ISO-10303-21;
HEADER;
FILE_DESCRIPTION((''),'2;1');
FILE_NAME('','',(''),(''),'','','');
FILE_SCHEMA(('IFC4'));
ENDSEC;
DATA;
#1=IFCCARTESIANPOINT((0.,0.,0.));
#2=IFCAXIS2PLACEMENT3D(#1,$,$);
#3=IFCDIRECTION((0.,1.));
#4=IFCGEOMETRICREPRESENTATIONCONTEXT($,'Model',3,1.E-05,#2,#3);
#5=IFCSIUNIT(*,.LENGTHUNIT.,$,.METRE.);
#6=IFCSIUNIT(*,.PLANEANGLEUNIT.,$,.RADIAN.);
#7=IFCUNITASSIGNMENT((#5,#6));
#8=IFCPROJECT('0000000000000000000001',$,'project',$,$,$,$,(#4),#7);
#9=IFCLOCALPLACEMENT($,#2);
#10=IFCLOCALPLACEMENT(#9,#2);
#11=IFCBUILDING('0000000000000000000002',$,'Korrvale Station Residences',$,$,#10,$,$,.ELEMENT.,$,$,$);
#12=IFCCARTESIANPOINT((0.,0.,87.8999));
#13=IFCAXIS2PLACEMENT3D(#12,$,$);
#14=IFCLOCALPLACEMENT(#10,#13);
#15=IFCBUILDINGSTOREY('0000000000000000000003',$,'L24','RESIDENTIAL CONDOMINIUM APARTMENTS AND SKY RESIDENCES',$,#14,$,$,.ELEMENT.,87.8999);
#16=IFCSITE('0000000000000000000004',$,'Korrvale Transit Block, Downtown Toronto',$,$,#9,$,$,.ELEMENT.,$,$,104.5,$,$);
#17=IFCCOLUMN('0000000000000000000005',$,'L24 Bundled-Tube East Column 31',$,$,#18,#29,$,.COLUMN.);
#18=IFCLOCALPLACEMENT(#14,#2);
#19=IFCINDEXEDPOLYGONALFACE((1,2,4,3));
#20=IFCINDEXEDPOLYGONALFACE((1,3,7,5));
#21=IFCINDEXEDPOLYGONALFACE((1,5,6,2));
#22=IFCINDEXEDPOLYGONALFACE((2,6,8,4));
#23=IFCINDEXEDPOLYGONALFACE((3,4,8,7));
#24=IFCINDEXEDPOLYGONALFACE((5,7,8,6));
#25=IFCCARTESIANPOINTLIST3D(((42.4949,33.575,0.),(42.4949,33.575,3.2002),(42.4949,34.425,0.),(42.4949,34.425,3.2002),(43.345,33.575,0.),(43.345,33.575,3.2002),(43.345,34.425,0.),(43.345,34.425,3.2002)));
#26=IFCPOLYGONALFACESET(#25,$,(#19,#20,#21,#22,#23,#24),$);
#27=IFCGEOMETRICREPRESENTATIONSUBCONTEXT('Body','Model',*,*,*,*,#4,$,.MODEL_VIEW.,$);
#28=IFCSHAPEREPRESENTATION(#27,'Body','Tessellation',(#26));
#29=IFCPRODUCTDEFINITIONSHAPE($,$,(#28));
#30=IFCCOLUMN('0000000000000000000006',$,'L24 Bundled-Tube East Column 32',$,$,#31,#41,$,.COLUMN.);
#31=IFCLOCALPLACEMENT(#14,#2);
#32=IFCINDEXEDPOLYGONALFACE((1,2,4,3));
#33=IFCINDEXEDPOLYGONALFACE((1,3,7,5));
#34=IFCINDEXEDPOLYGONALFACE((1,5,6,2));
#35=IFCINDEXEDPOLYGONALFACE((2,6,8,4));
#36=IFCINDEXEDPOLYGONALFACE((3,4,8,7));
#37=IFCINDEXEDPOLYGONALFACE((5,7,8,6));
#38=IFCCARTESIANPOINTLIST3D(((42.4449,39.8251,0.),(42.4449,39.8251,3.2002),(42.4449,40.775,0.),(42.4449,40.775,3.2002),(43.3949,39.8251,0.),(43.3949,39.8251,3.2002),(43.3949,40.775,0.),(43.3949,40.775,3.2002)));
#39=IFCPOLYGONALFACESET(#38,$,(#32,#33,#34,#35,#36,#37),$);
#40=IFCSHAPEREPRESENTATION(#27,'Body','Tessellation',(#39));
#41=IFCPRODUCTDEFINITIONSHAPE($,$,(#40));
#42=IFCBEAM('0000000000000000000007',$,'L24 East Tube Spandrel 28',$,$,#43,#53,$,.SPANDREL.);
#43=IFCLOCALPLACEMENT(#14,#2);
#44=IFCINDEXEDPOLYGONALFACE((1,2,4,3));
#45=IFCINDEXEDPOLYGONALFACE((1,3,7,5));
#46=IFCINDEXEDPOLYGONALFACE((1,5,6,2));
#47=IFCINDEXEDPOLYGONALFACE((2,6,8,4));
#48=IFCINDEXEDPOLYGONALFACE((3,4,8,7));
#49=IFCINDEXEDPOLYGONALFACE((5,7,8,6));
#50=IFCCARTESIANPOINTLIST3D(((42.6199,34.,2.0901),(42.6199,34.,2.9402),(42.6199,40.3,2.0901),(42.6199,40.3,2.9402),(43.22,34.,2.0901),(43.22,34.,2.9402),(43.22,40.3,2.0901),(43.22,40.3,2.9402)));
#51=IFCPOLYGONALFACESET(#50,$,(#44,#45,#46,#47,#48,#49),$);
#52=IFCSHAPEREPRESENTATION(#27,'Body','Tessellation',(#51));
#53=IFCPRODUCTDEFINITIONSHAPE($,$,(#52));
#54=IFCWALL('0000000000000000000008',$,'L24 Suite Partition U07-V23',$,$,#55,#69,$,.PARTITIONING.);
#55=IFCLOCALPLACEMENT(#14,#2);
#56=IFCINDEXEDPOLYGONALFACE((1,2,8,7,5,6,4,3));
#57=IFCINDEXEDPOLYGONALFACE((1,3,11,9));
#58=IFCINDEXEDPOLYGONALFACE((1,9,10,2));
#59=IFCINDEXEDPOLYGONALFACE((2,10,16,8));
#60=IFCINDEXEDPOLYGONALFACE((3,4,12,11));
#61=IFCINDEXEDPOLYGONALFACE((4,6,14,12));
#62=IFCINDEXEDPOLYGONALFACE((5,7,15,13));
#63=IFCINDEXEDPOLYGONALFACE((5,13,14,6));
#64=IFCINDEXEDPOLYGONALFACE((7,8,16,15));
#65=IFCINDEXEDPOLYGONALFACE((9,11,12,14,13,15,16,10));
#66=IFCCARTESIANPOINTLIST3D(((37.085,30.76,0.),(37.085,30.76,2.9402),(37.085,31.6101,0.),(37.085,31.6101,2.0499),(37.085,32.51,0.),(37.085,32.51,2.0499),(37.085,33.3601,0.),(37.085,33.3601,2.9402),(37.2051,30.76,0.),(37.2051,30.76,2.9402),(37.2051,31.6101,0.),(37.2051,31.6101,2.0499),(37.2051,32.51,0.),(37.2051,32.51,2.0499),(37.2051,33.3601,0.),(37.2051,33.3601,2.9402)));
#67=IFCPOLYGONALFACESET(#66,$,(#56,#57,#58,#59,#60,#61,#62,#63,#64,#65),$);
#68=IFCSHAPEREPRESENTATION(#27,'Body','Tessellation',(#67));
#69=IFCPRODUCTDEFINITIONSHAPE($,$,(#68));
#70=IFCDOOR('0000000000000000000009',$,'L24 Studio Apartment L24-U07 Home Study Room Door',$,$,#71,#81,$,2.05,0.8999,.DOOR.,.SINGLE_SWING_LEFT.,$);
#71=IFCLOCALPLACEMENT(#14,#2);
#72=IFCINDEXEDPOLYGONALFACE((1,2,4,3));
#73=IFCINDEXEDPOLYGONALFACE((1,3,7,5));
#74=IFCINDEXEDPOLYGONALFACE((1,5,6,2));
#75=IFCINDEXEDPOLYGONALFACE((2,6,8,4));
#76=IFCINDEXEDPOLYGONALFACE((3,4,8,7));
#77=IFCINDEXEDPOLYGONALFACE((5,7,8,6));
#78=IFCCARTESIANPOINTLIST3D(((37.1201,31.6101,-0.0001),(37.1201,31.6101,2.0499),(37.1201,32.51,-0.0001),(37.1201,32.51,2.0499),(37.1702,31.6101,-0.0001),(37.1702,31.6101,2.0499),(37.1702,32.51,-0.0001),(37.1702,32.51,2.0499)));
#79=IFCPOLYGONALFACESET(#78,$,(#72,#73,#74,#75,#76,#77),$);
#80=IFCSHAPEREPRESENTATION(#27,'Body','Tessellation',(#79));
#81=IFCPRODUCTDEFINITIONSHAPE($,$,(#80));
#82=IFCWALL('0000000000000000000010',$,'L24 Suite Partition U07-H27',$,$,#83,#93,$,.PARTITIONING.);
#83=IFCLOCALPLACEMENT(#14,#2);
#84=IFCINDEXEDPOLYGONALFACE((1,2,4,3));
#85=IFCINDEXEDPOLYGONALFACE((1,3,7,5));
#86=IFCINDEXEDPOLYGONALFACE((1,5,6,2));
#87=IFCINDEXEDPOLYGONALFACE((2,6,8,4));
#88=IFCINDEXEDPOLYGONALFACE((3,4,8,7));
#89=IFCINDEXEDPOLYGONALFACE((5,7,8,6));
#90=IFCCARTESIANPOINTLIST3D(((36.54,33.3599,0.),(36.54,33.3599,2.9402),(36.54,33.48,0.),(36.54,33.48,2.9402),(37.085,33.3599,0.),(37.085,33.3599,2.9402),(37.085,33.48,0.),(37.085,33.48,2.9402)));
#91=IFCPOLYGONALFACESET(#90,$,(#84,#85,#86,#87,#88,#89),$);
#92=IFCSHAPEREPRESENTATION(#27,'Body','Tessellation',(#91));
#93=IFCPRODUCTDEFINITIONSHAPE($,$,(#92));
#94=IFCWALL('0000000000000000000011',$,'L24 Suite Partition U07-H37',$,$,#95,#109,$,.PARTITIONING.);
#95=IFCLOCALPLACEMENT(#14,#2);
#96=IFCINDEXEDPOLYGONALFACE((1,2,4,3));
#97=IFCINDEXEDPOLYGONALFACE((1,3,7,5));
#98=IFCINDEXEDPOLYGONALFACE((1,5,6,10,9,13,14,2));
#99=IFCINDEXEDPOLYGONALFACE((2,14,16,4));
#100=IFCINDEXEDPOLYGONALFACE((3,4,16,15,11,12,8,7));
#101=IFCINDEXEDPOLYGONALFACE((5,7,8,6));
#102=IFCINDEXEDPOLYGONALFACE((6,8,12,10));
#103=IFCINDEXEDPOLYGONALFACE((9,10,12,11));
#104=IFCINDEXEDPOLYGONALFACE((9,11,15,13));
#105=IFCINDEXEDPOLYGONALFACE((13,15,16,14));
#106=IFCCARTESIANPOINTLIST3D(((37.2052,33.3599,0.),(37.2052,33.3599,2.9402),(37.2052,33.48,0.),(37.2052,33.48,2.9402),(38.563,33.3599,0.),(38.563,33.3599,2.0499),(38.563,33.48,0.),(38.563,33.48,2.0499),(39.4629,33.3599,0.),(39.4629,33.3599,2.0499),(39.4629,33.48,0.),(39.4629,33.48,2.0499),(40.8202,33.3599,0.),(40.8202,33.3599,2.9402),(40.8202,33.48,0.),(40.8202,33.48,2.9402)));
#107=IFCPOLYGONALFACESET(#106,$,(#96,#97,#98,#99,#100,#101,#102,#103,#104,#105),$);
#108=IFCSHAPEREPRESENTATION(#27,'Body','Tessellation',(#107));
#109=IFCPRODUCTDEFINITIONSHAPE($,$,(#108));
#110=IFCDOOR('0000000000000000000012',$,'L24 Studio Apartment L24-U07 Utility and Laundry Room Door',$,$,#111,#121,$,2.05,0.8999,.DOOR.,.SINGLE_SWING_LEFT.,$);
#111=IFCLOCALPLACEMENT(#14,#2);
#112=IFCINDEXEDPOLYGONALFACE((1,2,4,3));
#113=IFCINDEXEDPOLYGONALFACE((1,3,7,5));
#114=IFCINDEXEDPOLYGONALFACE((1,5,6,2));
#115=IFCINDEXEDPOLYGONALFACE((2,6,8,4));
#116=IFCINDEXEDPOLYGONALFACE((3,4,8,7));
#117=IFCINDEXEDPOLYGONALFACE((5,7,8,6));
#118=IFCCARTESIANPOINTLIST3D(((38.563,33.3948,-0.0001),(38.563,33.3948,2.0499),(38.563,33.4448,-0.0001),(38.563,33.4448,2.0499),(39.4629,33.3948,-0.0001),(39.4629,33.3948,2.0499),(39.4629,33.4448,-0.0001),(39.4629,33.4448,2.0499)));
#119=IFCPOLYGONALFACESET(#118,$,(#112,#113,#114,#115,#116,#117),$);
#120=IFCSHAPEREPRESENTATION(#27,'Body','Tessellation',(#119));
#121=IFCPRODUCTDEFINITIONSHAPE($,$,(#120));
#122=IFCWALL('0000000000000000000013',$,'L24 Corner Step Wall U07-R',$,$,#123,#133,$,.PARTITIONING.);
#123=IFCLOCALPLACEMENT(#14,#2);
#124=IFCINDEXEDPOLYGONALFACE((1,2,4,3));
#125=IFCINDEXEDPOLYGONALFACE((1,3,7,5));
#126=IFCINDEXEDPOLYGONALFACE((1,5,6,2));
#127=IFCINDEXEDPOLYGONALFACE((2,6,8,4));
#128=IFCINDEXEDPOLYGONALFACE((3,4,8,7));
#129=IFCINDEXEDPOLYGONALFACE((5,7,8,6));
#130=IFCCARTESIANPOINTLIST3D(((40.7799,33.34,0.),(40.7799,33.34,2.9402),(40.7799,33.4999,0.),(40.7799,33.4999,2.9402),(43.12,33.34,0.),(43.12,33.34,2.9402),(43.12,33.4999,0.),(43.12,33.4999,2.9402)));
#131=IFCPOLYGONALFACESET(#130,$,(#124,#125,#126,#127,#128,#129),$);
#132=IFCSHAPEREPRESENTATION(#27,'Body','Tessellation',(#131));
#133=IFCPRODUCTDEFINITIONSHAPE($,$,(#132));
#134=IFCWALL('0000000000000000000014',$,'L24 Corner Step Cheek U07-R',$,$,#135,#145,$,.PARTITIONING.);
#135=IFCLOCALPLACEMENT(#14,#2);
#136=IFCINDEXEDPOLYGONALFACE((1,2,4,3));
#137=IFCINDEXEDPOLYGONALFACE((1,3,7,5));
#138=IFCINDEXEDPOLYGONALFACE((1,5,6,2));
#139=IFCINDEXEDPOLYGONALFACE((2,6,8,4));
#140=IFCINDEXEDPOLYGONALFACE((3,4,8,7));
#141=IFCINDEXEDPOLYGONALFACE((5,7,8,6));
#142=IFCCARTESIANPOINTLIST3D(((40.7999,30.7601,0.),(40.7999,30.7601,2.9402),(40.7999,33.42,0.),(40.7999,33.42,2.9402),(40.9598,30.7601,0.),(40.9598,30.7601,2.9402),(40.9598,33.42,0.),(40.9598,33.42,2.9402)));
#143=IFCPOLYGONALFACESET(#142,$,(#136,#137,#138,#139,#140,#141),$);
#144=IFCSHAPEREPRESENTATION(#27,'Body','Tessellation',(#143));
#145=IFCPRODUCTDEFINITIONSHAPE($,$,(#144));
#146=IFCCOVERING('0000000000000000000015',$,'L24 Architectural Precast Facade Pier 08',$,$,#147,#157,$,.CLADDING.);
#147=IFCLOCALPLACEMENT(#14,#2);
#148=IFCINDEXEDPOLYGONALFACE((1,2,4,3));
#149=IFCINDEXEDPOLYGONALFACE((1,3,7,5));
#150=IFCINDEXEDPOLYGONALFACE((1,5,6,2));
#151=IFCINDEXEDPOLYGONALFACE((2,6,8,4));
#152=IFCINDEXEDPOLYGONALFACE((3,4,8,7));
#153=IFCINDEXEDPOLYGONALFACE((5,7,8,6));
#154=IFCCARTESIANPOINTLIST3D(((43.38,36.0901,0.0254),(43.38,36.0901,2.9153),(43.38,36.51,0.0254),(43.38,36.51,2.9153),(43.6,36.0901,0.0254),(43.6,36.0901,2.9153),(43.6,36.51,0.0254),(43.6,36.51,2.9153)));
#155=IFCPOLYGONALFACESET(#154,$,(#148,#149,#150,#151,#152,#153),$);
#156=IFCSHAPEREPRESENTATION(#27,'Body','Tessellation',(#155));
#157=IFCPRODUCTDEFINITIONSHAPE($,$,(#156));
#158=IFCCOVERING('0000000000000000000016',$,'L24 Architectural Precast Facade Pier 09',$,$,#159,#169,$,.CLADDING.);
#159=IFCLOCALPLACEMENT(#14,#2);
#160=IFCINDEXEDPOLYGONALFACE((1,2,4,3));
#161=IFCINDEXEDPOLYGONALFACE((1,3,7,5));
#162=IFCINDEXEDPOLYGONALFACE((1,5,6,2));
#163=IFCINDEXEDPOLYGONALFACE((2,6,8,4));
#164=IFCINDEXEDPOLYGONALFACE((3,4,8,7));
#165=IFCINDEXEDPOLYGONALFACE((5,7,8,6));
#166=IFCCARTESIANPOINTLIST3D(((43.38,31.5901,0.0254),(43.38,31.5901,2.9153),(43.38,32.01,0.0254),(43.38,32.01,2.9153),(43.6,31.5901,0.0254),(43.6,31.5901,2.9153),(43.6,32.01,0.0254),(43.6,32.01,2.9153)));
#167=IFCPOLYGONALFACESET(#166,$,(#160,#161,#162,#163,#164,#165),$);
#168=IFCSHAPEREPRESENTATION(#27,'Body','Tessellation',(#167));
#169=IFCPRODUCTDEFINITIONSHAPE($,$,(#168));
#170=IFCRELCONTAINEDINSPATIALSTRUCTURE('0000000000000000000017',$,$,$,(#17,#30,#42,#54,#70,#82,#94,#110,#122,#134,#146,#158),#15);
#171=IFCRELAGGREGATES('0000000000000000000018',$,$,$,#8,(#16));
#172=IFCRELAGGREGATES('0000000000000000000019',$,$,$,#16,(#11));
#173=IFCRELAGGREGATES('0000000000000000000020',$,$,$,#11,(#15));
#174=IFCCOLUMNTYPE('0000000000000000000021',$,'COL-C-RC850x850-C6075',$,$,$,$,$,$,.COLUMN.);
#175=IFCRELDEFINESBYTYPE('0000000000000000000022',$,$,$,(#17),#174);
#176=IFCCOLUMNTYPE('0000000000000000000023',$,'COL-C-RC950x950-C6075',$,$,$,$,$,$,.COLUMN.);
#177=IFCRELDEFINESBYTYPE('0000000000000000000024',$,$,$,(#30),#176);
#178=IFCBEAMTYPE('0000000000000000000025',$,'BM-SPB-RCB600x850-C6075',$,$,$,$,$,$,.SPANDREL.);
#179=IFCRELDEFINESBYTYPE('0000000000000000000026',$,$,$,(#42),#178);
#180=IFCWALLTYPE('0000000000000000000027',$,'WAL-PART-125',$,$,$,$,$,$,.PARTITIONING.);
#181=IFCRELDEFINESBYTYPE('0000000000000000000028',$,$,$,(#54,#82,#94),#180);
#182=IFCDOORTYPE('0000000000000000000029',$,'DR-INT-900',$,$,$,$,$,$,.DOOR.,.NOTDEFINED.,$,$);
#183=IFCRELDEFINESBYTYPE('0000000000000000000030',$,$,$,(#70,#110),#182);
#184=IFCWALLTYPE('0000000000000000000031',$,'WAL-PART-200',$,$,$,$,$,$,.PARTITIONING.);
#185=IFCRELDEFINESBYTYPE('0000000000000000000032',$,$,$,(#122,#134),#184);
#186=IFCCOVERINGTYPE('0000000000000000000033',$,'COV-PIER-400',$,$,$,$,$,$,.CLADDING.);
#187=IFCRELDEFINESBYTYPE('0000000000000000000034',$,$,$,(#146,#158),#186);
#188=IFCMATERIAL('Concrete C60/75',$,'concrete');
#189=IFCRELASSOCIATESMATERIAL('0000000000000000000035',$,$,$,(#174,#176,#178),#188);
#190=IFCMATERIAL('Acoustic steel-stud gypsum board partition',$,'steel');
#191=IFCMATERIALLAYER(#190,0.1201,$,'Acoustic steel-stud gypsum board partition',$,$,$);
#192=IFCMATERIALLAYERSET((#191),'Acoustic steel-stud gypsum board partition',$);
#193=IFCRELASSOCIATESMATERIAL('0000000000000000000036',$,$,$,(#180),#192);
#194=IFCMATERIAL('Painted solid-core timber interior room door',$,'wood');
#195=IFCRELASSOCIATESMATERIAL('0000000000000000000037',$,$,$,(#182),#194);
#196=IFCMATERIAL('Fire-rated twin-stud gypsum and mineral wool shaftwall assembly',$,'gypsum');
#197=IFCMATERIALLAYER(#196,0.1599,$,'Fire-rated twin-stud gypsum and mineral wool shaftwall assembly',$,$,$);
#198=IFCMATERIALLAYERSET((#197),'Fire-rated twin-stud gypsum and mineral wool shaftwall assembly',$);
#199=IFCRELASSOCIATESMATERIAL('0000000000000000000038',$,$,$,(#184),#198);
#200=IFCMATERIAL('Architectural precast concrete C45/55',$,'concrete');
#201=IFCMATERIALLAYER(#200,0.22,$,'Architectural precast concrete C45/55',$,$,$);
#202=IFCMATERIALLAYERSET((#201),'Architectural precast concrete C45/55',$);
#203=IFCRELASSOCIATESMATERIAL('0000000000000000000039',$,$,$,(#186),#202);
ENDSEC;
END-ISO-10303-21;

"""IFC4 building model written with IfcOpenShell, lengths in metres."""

from ifc_helpers import new_model, si_unit, direction, frame, frame_2d, origin, origin_2d, place, context, subcontext, project, spatial, rectangle, extrude, material, layer, layer_set, material_profile, profile_set, type_object, element, fill, save


model = new_model("IFC4")

# Units and contexts
model_context = context("Model", 3, precision=1e-05, world=origin(), true_north=direction((0.0, 1.0)))
body_context = subcontext(model_context, "Body", "Model", "MODEL_VIEW")
ifc_project = project(units=[si_unit("LENGTHUNIT", "METRE"), si_unit("PLANEANGLEUNIT", "RADIAN")], contexts=[model_context])

# Site, building, storey
site_placement = place(None, origin())
site = spatial("IfcSite", under=ifc_project, at=site_placement, Name="Korrvale Transit Block, Downtown Toronto", CompositionType="ELEMENT", RefElevation=104.5)
building_placement = place(site_placement, origin())
building = spatial("IfcBuilding", under=site, at=building_placement, Name="Korrvale Station Residences", CompositionType="ELEMENT")
storey_placement = place(building_placement, frame((0.0, 0.0, 87.8999)))
storey = spatial("IfcBuildingStorey", under=building, at=storey_placement, Name="L24", Description="RESIDENTIAL CONDOMINIUM APARTMENTS AND SKY RESIDENCES", CompositionType="ELEMENT", Elevation=87.8999)

# Columns
ifc_material_1 = material(Name="Concrete C60/75", Category="concrete")
ifc_material_profile_1 = material_profile(ifc_material_1, rectangle(XDim=0.8501, YDim=0.8501, at=origin_2d()), Name="RC850x850")
ifc_profile_set_1 = profile_set([ifc_material_profile_1], Name="Concrete C60/75")
column_type_1 = type_object("IfcColumnType", Name="COL-C-RC850x850-C6075", PredefinedType="COLUMN", material=ifc_profile_set_1)
column_1_placement = place(storey_placement, frame((42.9199, 34.0, 0.0), z_axis=(0.0, 0.0, 1.0), x_axis=(1.0, 0.0, 0.0)))
element("IfcColumn", 1, at=column_1_placement, inside=storey, type_object=column_type_1, Name="L24 Bundled-Tube East Column 31", PredefinedType="COLUMN", context=body_context, shape_type="SweptSolid", body=[
    extrude(rectangle(XDim=0.8501, YDim=0.8501, at=origin_2d()), origin(), (0.0, 0.0, 1.0), 3.2002),
])
ifc_material_profile_2 = material_profile(ifc_material_1, rectangle(XDim=0.95, YDim=0.95, at=origin_2d()), Name="RC950x950")
ifc_profile_set_2 = profile_set([ifc_material_profile_2], Name="Concrete C60/75")
column_type_2 = type_object("IfcColumnType", Name="COL-C-RC950x950-C6075", PredefinedType="COLUMN", material=ifc_profile_set_2)
column_2_placement = place(storey_placement, frame((42.9199, 40.3, 0.0), z_axis=(0.0, 0.0, 1.0), x_axis=(1.0, 0.0, 0.0)))
element("IfcColumn", 2, at=column_2_placement, inside=storey, type_object=column_type_2, Name="L24 Bundled-Tube East Column 32", PredefinedType="COLUMN", context=body_context, shape_type="SweptSolid", body=[
    extrude(rectangle(XDim=0.95, YDim=0.95, at=origin_2d()), origin(), (0.0, 0.0, 1.0), 3.2002),
])

# Beam
ifc_material_profile_3 = material_profile(ifc_material_1, rectangle(XDim=0.6001, YDim=0.8501, at=origin_2d()), Name="RCB600x850")
ifc_profile_set_3 = profile_set([ifc_material_profile_3], Name="Concrete C60/75")
beam_type = type_object("IfcBeamType", Name="BM-SPB-RCB600x850-C6075", PredefinedType="SPANDREL", material=ifc_profile_set_3)
beam_placement = place(storey_placement, frame((42.9199, 34.0, 2.5151), z_axis=(0.0, 1.0, 0.0), x_axis=(-1.0, 0.0, 0.0)))
element("IfcBeam", 3, at=beam_placement, inside=storey, type_object=beam_type, Name="L24 East Tube Spandrel 28", PredefinedType="SPANDREL", context=body_context, shape_type="SweptSolid", body=[
    extrude(rectangle(XDim=0.6001, YDim=0.8501, at=origin_2d()), origin(), (0.0, 0.0, 1.0), 6.3),
])

# Wall, opening, door
ifc_material_2 = material(Name="Acoustic steel-stud gypsum board partition", Category="steel")
ifc_layer_1 = layer(ifc_material_2, 0.1201, Name="Acoustic steel-stud gypsum board partition")
ifc_layer_set_1 = layer_set([ifc_layer_1], Name="Acoustic steel-stud gypsum board partition")
wall_type_1 = type_object("IfcWallType", Name="WAL-PART-125", PredefinedType="PARTITIONING", material=ifc_layer_set_1)
wall_1_placement = place(storey_placement, frame((37.145, 30.76, 0.0), z_axis=(0.0, 0.0, 1.0), x_axis=(0.0, 1.0, 0.0)))
wall_1 = element("IfcWall", 4, at=wall_1_placement, inside=storey, type_object=wall_type_1, Name="L24 Suite Partition U07-V23", PredefinedType="PARTITIONING", context=body_context, shape_type="SweptSolid", body=[
    extrude(rectangle(XDim=2.6001, YDim=0.1201, at=frame_2d((1.3, 0.0))), origin(), (0.0, 0.0, 1.0), 2.9402),
])
opening_1_placement = place(wall_1_placement, frame((0.8501, 0.0, 0.0)))
opening_1 = element("IfcOpeningElement", 5, at=opening_1_placement, cuts=wall_1, PredefinedType="OPENING", context=body_context, shape_type="SweptSolid", body=[
    extrude(rectangle(XDim=0.8999, YDim=2.05, at=frame_2d((0.45, 1.0249))), frame((0.0, 0.0701, 0.0), z_axis=(0.0, -1.0, 0.0), x_axis=(1.0, 0.0, 0.0)), (0.0, 0.0, 1.0), 0.1401),
])
ifc_material_3 = material(Name="Painted solid-core timber interior room door", Category="wood")
door_type = type_object("IfcDoorType", Name="DR-INT-900", OperationType="NOTDEFINED", PredefinedType="DOOR", material=ifc_material_3)
door_1_placement = place(opening_1_placement, origin())
door_1 = element("IfcDoor", 6, at=door_1_placement, inside=storey, type_object=door_type, Name="L24 Studio Apartment L24-U07 Home Study Room Door", OperationType="SINGLE_SWING_LEFT", OverallHeight=2.05, OverallWidth=0.8999, PredefinedType="DOOR", context=body_context, shape_type="SweptSolid", body=[
    extrude(rectangle(XDim=0.8999, YDim=2.05, at=frame_2d((0.45, 1.0249))), frame((0.0, 0.0249, 0.0), z_axis=(0.0, -1.0, 0.0), x_axis=(1.0, 0.0, 0.0)), (0.0, 0.0, 1.0), 0.05),
])
fill(opening_1, door_1)

# Wall
wall_2_placement = place(storey_placement, frame((36.54, 33.4199, 0.0), z_axis=(0.0, 0.0, 1.0), x_axis=(1.0, 0.0, 0.0)))
element("IfcWall", 7, at=wall_2_placement, inside=storey, type_object=wall_type_1, Name="L24 Suite Partition U07-H27", PredefinedType="PARTITIONING", context=body_context, shape_type="SweptSolid", body=[
    extrude(rectangle(XDim=0.5449, YDim=0.1201, at=frame_2d((0.2725, 0.0))), origin(), (0.0, 0.0, 1.0), 2.9402),
])

# Wall, opening, door
wall_3_placement = place(storey_placement, frame((37.2051, 33.4199, 0.0), z_axis=(0.0, 0.0, 1.0), x_axis=(1.0, 0.0, 0.0)))
wall_3 = element("IfcWall", 8, at=wall_3_placement, inside=storey, type_object=wall_type_1, Name="L24 Suite Partition U07-H37", PredefinedType="PARTITIONING", context=body_context, shape_type="SweptSolid", body=[
    extrude(rectangle(XDim=3.615, YDim=0.1201, at=frame_2d((1.8076, 0.0))), origin(), (0.0, 0.0, 1.0), 2.9402),
])
opening_2_placement = place(wall_3_placement, frame((1.3579, 0.0, 0.0)))
opening_2 = element("IfcOpeningElement", 9, at=opening_2_placement, cuts=wall_3, PredefinedType="OPENING", context=body_context, shape_type="SweptSolid", body=[
    extrude(rectangle(XDim=0.8999, YDim=2.05, at=frame_2d((0.45, 1.0249))), frame((0.0, 0.0701, 0.0), z_axis=(0.0, -1.0, 0.0), x_axis=(1.0, 0.0, 0.0)), (0.0, 0.0, 1.0), 0.1401),
])
door_2_placement = place(opening_2_placement, origin())
door_2 = element("IfcDoor", 10, at=door_2_placement, inside=storey, type_object=door_type, Name="L24 Studio Apartment L24-U07 Utility and Laundry Room Door", OperationType="SINGLE_SWING_LEFT", OverallHeight=2.05, OverallWidth=0.8999, PredefinedType="DOOR", context=body_context, shape_type="SweptSolid", body=[
    extrude(rectangle(XDim=0.8999, YDim=2.05, at=frame_2d((0.45, 1.0249))), frame((0.0, 0.0249, 0.0), z_axis=(0.0, -1.0, 0.0), x_axis=(1.0, 0.0, 0.0)), (0.0, 0.0, 1.0), 0.05),
])
fill(opening_2, door_2)

# Walls
ifc_material_4 = material(Name="Fire-rated twin-stud gypsum and mineral wool shaftwall assembly", Category="gypsum")
ifc_layer_2 = layer(ifc_material_4, 0.1599, Name="Fire-rated twin-stud gypsum and mineral wool shaftwall assembly")
ifc_layer_set_2 = layer_set([ifc_layer_2], Name="Fire-rated twin-stud gypsum and mineral wool shaftwall assembly")
wall_type_2 = type_object("IfcWallType", Name="WAL-PART-200", PredefinedType="PARTITIONING", material=ifc_layer_set_2)
wall_4_placement = place(storey_placement, frame((40.78, 33.4199, 0.0), z_axis=(0.0, 0.0, 1.0), x_axis=(1.0, 0.0, 0.0)))
element("IfcWall", 11, at=wall_4_placement, inside=storey, type_object=wall_type_2, Name="L24 Corner Step Wall U07-R", PredefinedType="PARTITIONING", context=body_context, shape_type="SweptSolid", body=[
    extrude(rectangle(XDim=2.3401, YDim=0.1599, at=frame_2d((1.1699, 0.0))), origin(), (0.0, 0.0, 1.0), 2.9402),
])
wall_5_placement = place(storey_placement, frame((40.8799, 30.76, 0.0), z_axis=(0.0, 0.0, 1.0), x_axis=(0.0, 1.0, 0.0)))
element("IfcWall", 12, at=wall_5_placement, inside=storey, type_object=wall_type_2, Name="L24 Corner Step Cheek U07-R", PredefinedType="PARTITIONING", context=body_context, shape_type="SweptSolid", body=[
    extrude(rectangle(XDim=2.6599, YDim=0.1599, at=frame_2d((1.3301, 0.0))), origin(), (0.0, 0.0, 1.0), 2.9402),
])

# Coverings
ifc_material_5 = material(Name="Architectural precast concrete C45/55", Category="concrete")
ifc_layer_3 = layer(ifc_material_5, 0.22, Name="Architectural precast concrete C45/55")
ifc_layer_set_3 = layer_set([ifc_layer_3], Name="Architectural precast concrete C45/55")
covering_type = type_object("IfcCoveringType", Name="COV-PIER-400", PredefinedType="CLADDING", material=ifc_layer_set_3)
for number, where, z_axis, x_axis, name in (
    (13, (43.49, 36.3, 0.0254), (0.0, 0.0, 1.0), (0.0, 1.0, 0.0), "L24 Architectural Precast Facade Pier 08"),
    (14, (43.49, 31.8, 0.0254), (0.0, 0.0, 1.0), (0.0, 1.0, 0.0), "L24 Architectural Precast Facade Pier 09"),
):
    element("IfcCovering", number, at=place(storey_placement, frame(where, z_axis=z_axis, x_axis=x_axis)), inside=storey, type_object=covering_type, Name=name, PredefinedType="CLADDING", context=body_context, shape_type="SweptSolid", body=[
        extrude(rectangle(XDim=0.4199, YDim=0.22, at=origin_2d()), origin(), (0.0, 0.0, 1.0), 2.8899),
    ])

save(model, "model.ifc")
